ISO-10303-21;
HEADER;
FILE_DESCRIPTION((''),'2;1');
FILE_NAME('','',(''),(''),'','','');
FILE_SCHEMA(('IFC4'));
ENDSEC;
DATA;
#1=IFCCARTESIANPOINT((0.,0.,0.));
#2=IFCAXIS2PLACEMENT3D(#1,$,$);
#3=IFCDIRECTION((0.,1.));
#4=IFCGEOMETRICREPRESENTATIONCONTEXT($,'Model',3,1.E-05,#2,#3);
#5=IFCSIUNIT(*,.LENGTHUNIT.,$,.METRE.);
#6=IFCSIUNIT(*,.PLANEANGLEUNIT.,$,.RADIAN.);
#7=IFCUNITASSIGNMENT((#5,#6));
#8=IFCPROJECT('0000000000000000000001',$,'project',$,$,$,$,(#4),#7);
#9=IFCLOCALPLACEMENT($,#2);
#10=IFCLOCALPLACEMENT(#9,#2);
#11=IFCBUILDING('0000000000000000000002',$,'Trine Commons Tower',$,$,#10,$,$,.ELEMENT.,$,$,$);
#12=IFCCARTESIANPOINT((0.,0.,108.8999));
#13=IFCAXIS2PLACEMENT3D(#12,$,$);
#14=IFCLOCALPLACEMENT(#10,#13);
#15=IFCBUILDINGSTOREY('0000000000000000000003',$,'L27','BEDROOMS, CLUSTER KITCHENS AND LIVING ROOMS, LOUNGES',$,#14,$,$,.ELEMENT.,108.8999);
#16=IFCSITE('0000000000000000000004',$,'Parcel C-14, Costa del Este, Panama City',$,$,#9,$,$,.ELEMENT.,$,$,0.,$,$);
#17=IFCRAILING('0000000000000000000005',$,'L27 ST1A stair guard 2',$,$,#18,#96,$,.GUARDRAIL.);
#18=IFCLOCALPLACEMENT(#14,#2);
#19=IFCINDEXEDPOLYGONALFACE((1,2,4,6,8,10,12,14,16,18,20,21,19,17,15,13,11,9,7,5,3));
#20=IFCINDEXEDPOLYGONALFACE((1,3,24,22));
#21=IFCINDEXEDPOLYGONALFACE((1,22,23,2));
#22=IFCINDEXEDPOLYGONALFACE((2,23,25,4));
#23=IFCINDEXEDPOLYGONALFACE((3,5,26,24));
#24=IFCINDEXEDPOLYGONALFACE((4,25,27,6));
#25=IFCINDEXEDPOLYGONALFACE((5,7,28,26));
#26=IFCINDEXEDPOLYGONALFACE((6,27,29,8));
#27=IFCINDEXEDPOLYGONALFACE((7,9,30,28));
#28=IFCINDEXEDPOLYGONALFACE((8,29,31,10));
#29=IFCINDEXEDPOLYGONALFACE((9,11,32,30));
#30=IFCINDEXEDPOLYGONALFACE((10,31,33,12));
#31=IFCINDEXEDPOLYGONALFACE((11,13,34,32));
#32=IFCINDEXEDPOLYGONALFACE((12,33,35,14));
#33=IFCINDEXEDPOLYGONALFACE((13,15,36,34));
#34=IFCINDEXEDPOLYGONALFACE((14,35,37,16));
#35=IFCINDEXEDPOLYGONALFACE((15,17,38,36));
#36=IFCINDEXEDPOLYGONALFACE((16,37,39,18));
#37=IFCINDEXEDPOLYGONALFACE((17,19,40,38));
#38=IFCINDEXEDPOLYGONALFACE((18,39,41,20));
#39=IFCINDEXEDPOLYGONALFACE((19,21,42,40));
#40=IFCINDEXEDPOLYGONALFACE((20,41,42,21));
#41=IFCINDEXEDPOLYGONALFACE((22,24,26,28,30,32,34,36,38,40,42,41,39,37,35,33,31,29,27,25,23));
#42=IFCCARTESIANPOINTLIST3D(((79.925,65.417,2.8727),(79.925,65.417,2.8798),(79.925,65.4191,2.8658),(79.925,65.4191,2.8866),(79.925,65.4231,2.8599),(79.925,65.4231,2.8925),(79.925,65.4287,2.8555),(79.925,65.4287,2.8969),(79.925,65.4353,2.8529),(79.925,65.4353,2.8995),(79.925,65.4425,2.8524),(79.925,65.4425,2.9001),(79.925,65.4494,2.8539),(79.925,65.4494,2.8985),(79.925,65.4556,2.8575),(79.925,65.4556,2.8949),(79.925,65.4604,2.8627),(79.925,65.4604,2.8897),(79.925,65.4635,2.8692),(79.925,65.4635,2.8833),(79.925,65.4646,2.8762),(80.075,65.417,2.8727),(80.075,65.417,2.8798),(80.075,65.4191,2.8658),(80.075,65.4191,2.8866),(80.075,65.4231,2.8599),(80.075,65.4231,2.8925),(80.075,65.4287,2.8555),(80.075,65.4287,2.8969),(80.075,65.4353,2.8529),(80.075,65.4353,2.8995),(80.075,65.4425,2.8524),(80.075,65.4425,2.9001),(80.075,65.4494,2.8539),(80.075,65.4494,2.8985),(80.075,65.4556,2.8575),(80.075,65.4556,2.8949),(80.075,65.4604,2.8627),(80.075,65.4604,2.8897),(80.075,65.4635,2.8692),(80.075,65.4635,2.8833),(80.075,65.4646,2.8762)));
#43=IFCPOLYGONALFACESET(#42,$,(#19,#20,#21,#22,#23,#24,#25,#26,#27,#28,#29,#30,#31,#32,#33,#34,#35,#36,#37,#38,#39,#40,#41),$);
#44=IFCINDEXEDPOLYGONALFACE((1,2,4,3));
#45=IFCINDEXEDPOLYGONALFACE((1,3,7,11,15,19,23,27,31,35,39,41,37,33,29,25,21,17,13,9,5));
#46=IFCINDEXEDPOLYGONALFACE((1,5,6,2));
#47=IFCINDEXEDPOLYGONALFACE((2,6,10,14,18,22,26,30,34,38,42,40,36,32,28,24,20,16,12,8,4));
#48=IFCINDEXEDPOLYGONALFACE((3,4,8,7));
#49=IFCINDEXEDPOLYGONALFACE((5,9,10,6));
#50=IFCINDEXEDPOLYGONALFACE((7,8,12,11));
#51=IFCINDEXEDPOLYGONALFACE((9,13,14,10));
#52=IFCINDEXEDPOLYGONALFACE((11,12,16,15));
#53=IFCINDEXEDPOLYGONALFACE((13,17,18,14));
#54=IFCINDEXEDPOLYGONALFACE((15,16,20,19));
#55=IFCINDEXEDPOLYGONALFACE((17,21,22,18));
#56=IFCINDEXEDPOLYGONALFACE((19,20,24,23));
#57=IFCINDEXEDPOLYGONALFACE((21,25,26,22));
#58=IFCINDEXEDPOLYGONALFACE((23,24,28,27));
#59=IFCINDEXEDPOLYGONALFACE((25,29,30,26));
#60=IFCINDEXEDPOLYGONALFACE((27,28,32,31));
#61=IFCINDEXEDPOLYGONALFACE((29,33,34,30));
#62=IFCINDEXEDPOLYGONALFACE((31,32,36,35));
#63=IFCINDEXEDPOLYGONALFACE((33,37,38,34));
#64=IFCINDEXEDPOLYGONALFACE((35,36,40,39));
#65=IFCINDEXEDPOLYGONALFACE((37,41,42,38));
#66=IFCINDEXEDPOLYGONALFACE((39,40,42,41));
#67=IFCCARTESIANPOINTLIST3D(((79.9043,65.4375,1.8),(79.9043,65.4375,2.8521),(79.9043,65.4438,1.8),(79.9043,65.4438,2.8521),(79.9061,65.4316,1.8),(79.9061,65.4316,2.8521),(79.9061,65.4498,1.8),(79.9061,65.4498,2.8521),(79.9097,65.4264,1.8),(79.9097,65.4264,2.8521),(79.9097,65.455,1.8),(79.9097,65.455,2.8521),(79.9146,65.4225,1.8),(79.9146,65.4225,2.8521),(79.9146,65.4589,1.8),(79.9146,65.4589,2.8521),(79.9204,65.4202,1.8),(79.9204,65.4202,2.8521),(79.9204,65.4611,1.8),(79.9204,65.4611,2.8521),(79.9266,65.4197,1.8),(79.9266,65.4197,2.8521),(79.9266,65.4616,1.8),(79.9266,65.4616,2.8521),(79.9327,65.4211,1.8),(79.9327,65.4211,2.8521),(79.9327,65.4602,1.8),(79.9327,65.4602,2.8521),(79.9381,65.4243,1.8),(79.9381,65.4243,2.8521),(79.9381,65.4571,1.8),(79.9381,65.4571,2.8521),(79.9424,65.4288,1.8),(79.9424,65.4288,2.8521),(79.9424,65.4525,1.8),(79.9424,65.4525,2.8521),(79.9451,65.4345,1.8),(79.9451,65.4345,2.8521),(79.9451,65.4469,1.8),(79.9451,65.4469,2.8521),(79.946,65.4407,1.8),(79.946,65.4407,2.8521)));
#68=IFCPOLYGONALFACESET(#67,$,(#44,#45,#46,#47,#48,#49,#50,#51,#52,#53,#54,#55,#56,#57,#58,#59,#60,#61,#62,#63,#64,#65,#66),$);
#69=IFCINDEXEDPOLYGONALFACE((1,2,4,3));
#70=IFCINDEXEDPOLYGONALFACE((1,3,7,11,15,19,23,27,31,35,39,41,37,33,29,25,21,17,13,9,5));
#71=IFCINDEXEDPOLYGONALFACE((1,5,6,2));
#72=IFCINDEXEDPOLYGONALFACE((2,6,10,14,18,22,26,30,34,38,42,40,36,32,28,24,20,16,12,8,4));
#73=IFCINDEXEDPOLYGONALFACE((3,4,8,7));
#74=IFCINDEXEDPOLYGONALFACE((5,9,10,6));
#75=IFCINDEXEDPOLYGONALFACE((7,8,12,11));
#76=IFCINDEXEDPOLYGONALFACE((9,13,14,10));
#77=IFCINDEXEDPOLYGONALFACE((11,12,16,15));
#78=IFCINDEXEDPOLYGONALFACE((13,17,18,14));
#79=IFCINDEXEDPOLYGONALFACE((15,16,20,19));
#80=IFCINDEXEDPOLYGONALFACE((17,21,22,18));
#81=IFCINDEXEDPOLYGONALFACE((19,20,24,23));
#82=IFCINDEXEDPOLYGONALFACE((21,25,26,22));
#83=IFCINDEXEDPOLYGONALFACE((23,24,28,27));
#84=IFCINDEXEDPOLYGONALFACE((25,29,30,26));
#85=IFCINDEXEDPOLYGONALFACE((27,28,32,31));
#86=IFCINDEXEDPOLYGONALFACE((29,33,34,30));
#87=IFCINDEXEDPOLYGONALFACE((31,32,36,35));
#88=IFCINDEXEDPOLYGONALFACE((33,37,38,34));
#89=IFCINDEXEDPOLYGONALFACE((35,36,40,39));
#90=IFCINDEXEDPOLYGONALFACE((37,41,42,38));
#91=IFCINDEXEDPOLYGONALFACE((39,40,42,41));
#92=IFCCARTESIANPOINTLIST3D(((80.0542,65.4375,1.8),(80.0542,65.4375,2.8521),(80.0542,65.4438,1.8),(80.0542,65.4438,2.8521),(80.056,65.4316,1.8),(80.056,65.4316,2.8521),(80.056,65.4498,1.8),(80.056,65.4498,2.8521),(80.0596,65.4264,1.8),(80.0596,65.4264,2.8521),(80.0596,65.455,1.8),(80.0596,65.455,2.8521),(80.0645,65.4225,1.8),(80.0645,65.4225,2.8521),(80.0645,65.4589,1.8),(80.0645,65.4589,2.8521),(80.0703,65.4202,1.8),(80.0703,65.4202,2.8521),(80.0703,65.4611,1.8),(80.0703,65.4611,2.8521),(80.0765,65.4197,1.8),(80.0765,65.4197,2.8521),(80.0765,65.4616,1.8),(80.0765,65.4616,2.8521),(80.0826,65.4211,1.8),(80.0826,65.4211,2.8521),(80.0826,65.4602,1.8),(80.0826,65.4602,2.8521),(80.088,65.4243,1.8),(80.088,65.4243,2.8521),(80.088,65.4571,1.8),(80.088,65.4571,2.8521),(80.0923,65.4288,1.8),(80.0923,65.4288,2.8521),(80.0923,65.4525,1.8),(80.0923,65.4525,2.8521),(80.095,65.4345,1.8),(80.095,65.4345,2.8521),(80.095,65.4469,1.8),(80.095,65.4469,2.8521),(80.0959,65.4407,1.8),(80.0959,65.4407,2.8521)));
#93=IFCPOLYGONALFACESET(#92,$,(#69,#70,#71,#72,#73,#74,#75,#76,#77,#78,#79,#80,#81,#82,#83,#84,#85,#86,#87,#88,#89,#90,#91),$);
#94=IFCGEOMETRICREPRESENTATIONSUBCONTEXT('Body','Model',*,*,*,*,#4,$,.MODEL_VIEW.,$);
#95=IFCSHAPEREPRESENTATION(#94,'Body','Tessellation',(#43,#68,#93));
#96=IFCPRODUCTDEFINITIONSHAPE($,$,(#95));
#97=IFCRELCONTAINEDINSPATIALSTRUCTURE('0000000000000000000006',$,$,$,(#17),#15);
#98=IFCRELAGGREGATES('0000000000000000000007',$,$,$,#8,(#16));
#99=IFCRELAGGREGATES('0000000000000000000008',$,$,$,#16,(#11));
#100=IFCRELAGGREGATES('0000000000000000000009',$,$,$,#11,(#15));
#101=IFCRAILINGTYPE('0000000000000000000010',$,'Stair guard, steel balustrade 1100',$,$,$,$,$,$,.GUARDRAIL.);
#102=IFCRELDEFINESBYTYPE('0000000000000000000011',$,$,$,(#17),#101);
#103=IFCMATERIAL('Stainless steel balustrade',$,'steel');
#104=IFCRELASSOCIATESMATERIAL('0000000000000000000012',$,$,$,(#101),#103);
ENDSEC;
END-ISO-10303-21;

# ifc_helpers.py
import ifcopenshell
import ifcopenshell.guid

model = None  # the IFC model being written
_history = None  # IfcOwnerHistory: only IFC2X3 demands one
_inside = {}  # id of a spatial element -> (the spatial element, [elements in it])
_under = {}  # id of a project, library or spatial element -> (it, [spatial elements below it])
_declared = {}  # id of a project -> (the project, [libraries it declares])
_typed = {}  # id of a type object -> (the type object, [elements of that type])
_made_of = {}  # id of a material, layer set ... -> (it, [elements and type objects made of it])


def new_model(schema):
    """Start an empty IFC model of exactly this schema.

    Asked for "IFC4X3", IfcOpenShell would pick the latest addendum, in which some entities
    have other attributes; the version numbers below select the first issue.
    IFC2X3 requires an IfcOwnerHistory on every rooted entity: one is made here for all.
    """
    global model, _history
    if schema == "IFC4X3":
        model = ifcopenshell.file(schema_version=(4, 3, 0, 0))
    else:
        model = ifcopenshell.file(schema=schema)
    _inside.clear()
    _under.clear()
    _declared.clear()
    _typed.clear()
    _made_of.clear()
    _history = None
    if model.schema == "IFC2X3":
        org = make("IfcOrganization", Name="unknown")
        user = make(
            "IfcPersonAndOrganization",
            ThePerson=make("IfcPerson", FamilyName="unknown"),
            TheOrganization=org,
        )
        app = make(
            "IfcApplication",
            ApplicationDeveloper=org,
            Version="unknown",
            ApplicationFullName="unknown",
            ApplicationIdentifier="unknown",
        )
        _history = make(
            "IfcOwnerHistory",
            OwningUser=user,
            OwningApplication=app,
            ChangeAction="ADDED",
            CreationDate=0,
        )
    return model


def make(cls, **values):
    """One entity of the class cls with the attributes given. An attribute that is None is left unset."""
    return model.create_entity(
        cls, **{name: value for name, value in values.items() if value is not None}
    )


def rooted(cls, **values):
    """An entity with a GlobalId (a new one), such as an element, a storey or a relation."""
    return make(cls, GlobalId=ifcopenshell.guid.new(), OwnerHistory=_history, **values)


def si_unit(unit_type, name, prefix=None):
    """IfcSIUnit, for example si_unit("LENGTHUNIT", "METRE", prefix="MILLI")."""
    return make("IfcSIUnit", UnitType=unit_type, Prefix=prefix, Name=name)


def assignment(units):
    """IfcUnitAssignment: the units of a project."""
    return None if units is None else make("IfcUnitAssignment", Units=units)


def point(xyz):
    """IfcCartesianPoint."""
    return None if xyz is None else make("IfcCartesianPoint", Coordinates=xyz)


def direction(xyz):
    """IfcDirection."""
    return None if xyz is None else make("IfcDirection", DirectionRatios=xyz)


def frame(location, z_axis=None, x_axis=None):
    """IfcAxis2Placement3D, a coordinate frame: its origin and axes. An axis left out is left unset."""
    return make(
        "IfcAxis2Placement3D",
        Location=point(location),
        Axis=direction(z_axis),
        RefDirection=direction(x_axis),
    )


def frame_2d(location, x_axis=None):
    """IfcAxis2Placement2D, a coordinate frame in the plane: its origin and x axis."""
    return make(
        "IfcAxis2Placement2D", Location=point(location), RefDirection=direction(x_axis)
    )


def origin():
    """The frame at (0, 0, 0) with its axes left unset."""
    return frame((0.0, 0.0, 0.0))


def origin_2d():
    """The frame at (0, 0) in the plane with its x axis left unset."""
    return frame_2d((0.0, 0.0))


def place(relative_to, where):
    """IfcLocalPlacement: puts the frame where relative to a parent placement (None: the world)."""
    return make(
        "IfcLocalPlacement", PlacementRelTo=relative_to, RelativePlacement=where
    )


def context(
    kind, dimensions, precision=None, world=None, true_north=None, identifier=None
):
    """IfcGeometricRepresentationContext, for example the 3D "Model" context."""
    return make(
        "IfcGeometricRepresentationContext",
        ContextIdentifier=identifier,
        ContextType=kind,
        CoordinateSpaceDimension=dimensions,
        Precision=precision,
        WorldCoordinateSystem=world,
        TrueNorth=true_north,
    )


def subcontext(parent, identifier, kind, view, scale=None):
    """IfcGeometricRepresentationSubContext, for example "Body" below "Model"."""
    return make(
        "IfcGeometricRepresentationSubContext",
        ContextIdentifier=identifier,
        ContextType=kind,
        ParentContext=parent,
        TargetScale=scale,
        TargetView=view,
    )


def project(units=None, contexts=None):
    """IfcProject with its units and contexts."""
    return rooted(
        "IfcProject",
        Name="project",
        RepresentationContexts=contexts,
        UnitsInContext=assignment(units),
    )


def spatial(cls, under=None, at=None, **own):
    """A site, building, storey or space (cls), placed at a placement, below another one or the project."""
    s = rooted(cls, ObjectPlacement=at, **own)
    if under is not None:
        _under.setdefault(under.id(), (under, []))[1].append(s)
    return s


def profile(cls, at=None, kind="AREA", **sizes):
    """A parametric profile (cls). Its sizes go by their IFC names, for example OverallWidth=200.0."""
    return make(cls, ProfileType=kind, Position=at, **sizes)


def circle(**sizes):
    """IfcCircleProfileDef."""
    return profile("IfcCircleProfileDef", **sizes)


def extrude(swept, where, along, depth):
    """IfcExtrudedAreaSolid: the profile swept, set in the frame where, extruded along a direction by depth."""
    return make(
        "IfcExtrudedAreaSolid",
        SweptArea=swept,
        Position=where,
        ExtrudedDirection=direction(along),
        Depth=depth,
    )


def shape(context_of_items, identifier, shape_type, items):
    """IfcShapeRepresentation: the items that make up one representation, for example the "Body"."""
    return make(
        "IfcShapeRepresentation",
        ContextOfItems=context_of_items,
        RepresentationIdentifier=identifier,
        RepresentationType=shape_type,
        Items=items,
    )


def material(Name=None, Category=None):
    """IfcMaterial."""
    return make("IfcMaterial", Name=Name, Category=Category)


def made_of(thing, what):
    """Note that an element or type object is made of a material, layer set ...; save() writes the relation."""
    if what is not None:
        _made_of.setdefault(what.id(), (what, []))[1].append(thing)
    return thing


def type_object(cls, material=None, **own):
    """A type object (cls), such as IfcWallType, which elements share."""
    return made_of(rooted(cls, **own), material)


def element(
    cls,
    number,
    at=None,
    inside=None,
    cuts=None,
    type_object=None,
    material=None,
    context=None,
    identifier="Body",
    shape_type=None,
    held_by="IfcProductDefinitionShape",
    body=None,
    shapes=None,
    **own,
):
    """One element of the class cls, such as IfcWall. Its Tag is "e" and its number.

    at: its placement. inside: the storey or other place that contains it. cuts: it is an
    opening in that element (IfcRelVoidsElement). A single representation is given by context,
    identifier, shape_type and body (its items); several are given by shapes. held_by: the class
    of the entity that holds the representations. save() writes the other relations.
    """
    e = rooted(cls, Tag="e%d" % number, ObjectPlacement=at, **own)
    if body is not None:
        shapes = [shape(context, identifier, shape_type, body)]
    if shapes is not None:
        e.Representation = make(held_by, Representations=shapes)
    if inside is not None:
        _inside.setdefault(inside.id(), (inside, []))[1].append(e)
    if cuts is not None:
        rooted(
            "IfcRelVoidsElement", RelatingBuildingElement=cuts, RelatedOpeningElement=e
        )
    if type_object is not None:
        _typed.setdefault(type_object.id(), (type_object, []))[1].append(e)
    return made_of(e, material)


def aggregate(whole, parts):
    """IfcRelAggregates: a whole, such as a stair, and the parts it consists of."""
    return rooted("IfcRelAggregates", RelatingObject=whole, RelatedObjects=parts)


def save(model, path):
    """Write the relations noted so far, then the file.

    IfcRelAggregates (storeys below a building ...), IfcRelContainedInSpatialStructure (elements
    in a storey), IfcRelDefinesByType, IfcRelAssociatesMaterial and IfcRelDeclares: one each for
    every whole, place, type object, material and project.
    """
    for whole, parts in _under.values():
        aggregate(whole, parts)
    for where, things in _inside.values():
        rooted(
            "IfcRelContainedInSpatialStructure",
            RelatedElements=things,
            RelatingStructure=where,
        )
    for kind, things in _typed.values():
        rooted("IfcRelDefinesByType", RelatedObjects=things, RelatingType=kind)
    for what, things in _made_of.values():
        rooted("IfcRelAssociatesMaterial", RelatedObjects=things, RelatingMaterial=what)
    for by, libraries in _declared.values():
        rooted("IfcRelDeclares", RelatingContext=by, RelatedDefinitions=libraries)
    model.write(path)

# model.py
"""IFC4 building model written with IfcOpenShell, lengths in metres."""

from ifc_helpers import new_model, si_unit, direction, frame, origin, origin_2d, place, context, subcontext, project, spatial, circle, extrude, material, type_object, element, save


model = new_model("IFC4")

# Units and contexts
model_context = context("Model", 3, precision=1e-05, world=origin(), true_north=direction((0.0, 1.0)))
body_context = subcontext(model_context, "Body", "Model", "MODEL_VIEW")
ifc_project = project(units=[si_unit("LENGTHUNIT", "METRE"), si_unit("PLANEANGLEUNIT", "RADIAN")], contexts=[model_context])

# Site, building, storey
site_placement = place(None, origin())
site = spatial("IfcSite", under=ifc_project, at=site_placement, Name="Parcel C-14, Costa del Este, Panama City", CompositionType="ELEMENT", RefElevation=0.0)
building_placement = place(site_placement, origin())
building = spatial("IfcBuilding", under=site, at=building_placement, Name="Trine Commons Tower", CompositionType="ELEMENT")
storey_placement = place(building_placement, frame((0.0, 0.0, 108.8999)))
storey = spatial("IfcBuildingStorey", under=building, at=storey_placement, Name="L27", Description="BEDROOMS, CLUSTER KITCHENS AND LIVING ROOMS, LOUNGES", CompositionType="ELEMENT", Elevation=108.8999)

# Railing
ifc_material_1 = material(Name="Stainless steel balustrade", Category="steel")
railing_type_1 = type_object("IfcRailingType", Name="Stair guard, steel balustrade 1100", PredefinedType="GUARDRAIL", material=ifc_material_1)
railing_1_placement = place(storey_placement, frame((79.925, 65.4407, 1.8)))
element("IfcRailing", 1, at=railing_1_placement, inside=storey, type_object=railing_type_1, Name="L27 ST1A stair guard 2", PredefinedType="GUARDRAIL", context=body_context, shape_type="SweptSolid", body=[
    extrude(circle(Radius=0.0239, at=origin_2d()), frame((0.0, 0.0, 1.0762), z_axis=(1.0, 0.0, 0.0), x_axis=(0.0, 1.0, 0.0)), (0.0, 0.0, 1.0), 0.1499),
    extrude(circle(Radius=0.021, at=origin_2d()), origin(), (0.0, 0.0, 1.0), 1.052),
    extrude(circle(Radius=0.021, at=origin_2d()), frame((0.1499, 0.0, 0.0)), (0.0, 0.0, 1.0), 1.052),
])

save(model, "model.ifc")
